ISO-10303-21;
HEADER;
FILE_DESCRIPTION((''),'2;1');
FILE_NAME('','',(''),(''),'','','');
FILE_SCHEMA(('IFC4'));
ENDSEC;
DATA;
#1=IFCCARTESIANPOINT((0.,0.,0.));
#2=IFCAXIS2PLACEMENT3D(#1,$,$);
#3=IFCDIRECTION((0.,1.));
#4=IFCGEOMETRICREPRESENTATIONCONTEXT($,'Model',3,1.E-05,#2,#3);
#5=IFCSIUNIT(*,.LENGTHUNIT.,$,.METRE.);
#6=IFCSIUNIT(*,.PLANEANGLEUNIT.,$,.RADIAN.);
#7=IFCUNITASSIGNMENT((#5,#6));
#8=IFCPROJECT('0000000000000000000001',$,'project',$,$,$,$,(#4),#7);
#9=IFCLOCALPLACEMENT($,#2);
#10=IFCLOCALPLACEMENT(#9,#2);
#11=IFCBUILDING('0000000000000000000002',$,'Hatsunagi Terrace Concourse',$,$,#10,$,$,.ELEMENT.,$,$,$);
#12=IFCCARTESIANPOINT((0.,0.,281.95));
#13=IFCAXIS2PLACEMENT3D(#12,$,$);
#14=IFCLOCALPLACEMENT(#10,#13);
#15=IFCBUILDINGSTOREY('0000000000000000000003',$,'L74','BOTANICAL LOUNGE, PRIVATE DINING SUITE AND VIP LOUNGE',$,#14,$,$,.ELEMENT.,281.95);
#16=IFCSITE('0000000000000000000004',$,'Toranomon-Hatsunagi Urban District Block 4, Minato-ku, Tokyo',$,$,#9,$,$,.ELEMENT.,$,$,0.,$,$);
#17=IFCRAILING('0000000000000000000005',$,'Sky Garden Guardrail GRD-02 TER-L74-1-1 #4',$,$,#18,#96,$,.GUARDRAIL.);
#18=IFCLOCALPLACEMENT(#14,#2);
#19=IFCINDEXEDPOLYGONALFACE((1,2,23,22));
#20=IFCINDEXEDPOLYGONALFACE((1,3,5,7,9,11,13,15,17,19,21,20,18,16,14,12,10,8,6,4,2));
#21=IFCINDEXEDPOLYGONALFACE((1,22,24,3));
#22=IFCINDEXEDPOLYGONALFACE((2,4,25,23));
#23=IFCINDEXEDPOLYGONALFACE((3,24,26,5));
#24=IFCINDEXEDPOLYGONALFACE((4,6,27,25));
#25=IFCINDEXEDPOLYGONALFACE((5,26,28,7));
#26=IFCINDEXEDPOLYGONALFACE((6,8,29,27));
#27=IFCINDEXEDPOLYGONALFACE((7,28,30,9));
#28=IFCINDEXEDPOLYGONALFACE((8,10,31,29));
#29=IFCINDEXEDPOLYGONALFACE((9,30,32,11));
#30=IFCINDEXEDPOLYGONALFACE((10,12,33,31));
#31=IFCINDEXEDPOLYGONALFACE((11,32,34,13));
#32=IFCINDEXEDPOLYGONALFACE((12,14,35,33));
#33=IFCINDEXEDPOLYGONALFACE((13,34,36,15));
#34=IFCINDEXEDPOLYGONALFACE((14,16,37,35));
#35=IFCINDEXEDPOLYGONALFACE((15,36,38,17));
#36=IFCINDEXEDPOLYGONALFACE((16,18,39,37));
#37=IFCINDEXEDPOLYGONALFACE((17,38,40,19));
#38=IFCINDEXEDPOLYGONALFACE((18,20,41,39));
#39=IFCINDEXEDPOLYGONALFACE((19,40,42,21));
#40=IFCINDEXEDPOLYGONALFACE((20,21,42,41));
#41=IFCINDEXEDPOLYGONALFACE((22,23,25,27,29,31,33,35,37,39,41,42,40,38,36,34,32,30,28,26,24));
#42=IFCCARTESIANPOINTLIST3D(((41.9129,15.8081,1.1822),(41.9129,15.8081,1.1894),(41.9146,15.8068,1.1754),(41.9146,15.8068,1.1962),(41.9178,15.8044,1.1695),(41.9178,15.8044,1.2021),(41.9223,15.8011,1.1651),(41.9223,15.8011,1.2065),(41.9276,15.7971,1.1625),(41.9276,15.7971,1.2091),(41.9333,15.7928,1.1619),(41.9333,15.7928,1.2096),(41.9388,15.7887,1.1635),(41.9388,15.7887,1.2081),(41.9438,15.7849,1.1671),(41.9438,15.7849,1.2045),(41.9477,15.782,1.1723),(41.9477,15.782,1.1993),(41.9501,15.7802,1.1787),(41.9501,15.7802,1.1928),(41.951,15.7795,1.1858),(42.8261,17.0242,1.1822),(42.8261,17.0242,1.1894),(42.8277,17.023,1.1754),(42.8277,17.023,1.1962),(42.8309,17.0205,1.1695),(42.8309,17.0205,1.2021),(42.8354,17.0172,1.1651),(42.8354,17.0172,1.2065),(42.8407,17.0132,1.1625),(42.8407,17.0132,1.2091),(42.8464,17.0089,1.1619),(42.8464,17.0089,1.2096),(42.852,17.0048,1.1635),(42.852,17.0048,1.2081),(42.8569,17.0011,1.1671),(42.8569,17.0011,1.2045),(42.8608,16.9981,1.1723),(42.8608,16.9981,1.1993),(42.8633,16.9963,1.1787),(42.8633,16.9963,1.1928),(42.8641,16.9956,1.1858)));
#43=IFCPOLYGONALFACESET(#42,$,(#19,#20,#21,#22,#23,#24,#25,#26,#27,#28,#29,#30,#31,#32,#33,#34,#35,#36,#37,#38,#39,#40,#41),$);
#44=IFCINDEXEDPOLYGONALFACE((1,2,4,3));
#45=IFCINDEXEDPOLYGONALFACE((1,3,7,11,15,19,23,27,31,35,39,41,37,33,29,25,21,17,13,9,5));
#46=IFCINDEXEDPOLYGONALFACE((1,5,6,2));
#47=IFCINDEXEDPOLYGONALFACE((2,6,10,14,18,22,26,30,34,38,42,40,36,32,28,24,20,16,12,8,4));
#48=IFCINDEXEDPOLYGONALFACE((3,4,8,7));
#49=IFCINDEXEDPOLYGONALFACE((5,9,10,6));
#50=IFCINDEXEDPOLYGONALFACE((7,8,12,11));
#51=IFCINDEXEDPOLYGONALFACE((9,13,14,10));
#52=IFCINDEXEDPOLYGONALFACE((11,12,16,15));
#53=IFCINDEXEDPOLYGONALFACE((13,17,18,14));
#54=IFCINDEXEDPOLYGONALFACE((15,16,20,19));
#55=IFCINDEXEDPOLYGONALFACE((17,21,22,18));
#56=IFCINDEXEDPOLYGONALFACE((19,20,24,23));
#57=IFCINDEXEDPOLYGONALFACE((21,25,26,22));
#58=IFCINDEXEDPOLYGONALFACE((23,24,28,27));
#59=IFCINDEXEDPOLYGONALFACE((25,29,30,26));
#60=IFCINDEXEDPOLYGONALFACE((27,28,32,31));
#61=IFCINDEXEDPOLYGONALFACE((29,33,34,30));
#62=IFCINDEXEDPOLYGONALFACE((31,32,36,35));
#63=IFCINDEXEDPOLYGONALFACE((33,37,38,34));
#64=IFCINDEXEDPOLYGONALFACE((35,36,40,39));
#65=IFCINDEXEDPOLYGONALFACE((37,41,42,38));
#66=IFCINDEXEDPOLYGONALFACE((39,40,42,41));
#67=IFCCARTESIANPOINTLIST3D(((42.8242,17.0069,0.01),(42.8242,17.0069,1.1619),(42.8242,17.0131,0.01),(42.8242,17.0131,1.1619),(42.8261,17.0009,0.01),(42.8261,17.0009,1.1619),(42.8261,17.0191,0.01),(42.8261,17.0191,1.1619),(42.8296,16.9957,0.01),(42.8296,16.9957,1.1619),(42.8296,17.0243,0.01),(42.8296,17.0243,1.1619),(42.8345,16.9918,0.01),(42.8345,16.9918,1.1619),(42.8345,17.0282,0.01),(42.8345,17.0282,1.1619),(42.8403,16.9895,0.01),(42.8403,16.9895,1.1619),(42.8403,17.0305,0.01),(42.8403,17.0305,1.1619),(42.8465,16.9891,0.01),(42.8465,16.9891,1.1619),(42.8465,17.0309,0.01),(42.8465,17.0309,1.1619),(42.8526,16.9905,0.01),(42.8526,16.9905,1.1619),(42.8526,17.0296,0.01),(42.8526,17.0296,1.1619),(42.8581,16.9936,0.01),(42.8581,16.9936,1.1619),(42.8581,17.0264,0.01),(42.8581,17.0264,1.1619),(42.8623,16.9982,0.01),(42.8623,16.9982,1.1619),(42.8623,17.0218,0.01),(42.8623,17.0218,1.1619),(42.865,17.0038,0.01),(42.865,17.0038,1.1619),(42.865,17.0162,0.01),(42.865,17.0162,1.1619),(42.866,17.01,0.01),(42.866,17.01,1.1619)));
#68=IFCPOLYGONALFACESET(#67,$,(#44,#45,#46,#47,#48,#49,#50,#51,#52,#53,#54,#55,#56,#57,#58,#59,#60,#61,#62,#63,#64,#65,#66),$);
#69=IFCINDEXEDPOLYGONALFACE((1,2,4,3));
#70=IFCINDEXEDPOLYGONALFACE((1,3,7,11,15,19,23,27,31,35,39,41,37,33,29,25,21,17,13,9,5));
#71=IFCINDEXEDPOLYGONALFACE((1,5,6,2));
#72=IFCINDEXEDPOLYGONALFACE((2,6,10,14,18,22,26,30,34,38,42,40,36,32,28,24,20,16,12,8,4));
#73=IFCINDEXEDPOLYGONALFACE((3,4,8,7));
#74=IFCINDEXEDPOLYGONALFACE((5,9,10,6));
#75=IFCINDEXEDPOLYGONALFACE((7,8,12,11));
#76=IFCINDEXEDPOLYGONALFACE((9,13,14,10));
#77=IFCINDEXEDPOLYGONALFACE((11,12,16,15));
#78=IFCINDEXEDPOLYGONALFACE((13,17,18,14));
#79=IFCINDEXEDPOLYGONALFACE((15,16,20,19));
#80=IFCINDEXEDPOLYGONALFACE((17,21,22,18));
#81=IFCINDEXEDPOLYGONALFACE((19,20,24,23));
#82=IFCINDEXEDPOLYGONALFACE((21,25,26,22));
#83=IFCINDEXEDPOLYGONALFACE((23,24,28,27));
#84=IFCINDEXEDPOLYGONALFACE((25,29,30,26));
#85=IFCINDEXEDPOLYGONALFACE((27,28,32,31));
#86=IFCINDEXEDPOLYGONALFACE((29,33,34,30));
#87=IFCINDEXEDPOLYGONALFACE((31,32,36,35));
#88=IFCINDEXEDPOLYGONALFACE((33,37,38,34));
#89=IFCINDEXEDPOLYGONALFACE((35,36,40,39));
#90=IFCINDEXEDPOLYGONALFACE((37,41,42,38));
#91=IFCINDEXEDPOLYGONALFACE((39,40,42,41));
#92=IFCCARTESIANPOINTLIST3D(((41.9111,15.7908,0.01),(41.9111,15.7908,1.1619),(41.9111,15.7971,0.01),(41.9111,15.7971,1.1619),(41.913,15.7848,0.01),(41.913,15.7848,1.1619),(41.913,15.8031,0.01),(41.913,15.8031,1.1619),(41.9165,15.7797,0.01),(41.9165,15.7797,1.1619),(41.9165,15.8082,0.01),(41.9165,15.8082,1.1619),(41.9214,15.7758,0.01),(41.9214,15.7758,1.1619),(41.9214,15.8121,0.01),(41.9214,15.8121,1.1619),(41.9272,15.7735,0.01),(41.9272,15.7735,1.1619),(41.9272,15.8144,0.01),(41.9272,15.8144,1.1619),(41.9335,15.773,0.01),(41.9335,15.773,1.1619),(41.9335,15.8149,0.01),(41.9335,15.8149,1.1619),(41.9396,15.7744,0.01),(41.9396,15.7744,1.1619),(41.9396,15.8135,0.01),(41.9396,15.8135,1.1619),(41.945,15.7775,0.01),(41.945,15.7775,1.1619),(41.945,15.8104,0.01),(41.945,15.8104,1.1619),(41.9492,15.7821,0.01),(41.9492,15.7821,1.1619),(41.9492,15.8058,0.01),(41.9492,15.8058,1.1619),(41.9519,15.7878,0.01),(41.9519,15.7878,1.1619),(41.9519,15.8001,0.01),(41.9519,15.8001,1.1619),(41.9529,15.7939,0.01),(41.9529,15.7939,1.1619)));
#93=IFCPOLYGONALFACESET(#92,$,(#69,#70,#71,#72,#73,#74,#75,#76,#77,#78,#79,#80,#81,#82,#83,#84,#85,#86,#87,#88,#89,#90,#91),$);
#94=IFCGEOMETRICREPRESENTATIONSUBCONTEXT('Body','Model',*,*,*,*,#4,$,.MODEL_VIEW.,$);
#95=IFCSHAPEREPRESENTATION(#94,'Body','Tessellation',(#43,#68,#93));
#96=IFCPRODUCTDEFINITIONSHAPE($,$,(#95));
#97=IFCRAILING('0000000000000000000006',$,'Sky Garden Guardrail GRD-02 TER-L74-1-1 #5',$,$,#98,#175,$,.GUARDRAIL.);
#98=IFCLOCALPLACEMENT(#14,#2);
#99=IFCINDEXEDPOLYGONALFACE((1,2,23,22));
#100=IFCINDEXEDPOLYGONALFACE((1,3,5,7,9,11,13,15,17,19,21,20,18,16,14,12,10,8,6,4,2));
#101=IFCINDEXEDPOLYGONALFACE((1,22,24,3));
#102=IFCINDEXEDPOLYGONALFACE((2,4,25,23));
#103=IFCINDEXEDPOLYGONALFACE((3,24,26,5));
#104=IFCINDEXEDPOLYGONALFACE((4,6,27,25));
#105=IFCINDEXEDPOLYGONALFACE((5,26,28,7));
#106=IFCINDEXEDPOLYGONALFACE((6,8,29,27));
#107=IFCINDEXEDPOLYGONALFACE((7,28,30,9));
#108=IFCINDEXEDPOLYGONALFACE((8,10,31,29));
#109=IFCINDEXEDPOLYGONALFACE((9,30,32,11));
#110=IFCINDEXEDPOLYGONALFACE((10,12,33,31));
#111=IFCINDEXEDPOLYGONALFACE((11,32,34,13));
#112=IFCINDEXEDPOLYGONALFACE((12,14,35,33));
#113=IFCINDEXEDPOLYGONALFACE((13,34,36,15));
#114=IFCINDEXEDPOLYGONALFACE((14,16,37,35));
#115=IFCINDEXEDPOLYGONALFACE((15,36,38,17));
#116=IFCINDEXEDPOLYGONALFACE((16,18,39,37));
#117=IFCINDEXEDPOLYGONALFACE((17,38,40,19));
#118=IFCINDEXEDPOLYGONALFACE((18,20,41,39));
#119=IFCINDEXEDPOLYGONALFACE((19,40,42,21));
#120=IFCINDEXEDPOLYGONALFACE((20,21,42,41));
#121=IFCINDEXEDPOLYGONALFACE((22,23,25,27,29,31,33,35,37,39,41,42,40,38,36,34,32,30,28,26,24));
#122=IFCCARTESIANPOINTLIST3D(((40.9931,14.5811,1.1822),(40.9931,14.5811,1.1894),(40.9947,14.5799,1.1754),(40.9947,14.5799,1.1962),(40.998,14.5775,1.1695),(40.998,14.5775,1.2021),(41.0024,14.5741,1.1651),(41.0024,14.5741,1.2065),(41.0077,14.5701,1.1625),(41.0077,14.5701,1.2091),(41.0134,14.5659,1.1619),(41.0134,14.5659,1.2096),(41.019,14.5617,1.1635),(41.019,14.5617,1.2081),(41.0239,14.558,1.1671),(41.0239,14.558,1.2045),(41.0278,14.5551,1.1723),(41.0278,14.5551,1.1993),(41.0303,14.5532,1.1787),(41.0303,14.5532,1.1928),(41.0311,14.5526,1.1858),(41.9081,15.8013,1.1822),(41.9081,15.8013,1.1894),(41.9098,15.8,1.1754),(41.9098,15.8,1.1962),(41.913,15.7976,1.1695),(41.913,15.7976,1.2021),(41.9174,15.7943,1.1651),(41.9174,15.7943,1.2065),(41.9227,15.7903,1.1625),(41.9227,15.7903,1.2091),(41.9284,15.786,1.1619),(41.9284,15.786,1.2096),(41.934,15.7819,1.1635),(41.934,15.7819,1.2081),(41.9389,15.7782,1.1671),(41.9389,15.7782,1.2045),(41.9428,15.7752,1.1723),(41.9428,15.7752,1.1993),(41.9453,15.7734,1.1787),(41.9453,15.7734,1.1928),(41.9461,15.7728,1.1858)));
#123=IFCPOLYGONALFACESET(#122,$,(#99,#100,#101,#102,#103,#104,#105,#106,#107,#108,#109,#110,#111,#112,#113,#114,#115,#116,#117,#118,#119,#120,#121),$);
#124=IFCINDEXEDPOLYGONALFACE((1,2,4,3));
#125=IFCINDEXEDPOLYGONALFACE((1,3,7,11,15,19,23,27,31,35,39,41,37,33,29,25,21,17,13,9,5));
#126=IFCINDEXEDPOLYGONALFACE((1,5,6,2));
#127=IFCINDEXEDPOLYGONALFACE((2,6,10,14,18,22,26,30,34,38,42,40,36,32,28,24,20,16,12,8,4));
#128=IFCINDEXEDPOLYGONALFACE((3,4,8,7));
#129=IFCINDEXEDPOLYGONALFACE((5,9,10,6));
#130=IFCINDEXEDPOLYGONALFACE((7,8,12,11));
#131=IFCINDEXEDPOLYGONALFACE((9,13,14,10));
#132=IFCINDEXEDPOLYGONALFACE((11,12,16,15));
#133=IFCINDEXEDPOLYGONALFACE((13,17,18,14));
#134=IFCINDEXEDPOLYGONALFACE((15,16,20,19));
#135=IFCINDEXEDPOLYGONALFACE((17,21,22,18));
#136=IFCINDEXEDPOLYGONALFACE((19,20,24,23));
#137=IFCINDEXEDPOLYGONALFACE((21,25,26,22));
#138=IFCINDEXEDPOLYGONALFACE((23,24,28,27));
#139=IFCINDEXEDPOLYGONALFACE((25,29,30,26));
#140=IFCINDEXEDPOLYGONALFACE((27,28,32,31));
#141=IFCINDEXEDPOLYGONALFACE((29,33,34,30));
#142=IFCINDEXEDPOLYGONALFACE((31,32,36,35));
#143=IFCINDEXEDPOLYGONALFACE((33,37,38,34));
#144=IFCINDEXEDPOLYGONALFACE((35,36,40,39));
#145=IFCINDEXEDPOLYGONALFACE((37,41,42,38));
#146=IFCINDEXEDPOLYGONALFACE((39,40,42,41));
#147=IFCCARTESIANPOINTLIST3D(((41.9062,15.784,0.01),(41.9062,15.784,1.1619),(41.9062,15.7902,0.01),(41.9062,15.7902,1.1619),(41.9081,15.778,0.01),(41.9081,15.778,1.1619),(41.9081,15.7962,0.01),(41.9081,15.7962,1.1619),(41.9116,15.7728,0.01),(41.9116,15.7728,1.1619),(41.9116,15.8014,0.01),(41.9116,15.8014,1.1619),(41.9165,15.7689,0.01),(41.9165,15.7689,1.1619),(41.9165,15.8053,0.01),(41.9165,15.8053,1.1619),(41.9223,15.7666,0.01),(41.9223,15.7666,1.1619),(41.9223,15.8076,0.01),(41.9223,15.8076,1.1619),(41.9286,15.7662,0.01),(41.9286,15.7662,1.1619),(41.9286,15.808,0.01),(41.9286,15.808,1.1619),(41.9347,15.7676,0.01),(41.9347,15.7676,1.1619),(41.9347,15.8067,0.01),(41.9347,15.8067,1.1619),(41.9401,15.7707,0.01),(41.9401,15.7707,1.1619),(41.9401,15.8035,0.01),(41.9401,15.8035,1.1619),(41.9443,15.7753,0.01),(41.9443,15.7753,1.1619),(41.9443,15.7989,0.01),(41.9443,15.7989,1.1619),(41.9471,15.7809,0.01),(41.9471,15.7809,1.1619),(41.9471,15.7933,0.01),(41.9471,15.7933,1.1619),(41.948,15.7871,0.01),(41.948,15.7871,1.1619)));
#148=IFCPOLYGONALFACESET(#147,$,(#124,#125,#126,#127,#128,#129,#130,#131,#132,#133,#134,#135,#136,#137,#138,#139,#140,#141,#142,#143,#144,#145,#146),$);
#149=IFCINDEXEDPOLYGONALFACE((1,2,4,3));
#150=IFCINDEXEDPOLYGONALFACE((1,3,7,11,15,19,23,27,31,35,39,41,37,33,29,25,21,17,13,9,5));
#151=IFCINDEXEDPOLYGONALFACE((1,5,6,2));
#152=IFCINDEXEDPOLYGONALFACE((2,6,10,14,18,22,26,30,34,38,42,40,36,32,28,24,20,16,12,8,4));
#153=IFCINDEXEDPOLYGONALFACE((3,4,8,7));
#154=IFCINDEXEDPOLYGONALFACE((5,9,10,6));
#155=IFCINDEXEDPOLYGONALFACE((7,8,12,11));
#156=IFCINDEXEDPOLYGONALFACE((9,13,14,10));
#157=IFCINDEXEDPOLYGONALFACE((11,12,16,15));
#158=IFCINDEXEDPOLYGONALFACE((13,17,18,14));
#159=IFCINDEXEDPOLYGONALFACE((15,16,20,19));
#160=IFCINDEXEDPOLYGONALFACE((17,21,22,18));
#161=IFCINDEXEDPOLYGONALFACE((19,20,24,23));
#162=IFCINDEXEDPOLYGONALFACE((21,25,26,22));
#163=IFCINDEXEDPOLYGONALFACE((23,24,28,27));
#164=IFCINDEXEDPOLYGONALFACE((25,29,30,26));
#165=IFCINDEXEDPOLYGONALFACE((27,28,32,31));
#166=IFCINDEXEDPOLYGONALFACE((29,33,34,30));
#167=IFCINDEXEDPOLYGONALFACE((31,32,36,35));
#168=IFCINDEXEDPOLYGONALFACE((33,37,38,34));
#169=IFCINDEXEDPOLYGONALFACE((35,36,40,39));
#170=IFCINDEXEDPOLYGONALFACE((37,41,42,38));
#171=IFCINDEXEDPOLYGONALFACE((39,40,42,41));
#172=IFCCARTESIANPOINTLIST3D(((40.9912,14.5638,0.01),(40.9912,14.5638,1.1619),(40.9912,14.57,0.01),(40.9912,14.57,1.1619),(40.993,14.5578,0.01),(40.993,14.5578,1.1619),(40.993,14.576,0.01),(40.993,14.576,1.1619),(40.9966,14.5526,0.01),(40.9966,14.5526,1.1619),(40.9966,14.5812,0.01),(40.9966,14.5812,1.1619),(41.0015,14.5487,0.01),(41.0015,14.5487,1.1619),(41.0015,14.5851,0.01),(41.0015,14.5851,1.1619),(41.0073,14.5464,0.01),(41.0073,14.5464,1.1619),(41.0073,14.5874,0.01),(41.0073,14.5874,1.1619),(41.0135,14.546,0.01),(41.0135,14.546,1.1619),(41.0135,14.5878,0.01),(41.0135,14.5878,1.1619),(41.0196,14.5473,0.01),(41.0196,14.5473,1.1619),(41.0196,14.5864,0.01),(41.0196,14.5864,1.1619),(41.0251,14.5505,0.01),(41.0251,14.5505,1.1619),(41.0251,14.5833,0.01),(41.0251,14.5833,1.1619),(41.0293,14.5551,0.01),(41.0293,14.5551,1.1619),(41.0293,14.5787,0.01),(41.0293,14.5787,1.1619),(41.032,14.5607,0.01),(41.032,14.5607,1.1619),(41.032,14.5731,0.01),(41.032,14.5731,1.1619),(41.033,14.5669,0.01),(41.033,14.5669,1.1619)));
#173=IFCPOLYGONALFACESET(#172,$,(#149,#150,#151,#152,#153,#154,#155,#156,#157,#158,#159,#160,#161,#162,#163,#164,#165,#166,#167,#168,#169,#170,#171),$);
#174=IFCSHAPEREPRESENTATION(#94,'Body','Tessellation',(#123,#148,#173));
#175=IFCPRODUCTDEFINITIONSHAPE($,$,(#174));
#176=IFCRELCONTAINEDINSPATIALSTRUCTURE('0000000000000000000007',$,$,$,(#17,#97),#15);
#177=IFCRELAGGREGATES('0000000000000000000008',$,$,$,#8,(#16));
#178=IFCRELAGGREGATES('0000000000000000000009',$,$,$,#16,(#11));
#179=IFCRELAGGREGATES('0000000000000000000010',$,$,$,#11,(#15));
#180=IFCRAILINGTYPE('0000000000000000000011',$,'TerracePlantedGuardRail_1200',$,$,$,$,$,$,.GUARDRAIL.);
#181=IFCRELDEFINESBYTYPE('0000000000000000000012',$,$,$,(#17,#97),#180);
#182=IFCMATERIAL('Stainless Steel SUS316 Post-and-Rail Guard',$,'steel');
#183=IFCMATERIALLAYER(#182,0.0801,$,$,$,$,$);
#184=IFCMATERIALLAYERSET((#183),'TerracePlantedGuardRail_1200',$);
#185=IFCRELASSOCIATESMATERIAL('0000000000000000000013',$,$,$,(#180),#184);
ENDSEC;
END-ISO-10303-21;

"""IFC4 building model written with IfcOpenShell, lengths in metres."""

from ifc_helpers import new_model, si_unit, direction, frame, origin, origin_2d, place, context, subcontext, project, spatial, circle, extrude, material, layer, layer_set, type_object, element, save


model = new_model("IFC4")

# Units and contexts
model_context = context("Model", 3, precision=1e-05, world=origin(), true_north=direction((0.0, 1.0)))
body_context = subcontext(model_context, "Body", "Model", "MODEL_VIEW")
ifc_project = project(units=[si_unit("LENGTHUNIT", "METRE"), si_unit("PLANEANGLEUNIT", "RADIAN")], contexts=[model_context])

# Site, building, storey
site_placement = place(None, origin())
site = spatial("IfcSite", under=ifc_project, at=site_placement, Name="Toranomon-Hatsunagi Urban District Block 4, Minato-ku, Tokyo", CompositionType="ELEMENT", RefElevation=0.0)
building_placement = place(site_placement, origin())
building = spatial("IfcBuilding", under=site, at=building_placement, Name="Hatsunagi Terrace Concourse", CompositionType="ELEMENT")
storey_placement = place(building_placement, frame((0.0, 0.0, 281.95)))
storey = spatial("IfcBuildingStorey", under=building, at=storey_placement, Name="L74", Description="BOTANICAL LOUNGE, PRIVATE DINING SUITE AND VIP LOUNGE", CompositionType="ELEMENT", Elevation=281.95)

# Railings
ifc_material_1 = material(Name="Stainless Steel SUS316 Post-and-Rail Guard", Category="steel")
ifc_layer_1 = layer(ifc_material_1, 0.0801)
ifc_layer_set_1 = layer_set([ifc_layer_1], Name="TerracePlantedGuardRail_1200")
railing_type = type_object("IfcRailingType", Name="TerracePlantedGuardRail_1200", PredefinedType="GUARDRAIL", material=ifc_layer_set_1)
railing_1_placement = place(storey_placement, frame((42.845, 17.01, 0.01)))
element("IfcRailing", 1, at=railing_1_placement, inside=storey, type_object=railing_type, Name="Sky Garden Guardrail GRD-02 TER-L74-1-1 #4", PredefinedType="GUARDRAIL", context=body_context, shape_type="SweptSolid", body=[
    extrude(circle(Radius=0.0239, at=origin_2d()), frame((0.0, 0.0, 1.1758), z_axis=(-0.600437, -0.799672, 0.0), x_axis=(0.799672, -0.600437, 0.0)), (0.0, 0.0, 1.0), 1.5208),
    extrude(circle(Radius=0.021, at=origin_2d()), origin(), (0.0, 0.0, 1.0), 1.1519),
    extrude(circle(Radius=0.021, at=origin_2d()), frame((-0.9131, -1.2161, 0.0)), (0.0, 0.0, 1.0), 1.1519),
])
railing_2_placement = place(storey_placement, frame((41.927, 15.7871, 0.01)))
element("IfcRailing", 2, at=railing_2_placement, inside=storey, type_object=railing_type, Name="Sky Garden Guardrail GRD-02 TER-L74-1-1 #5", PredefinedType="GUARDRAIL", context=body_context, shape_type="SweptSolid", body=[
    extrude(circle(Radius=0.0239, at=origin_2d()), frame((0.0, 0.0, 1.1758), z_axis=(-0.599949, -0.800038, 0.0), x_axis=(0.800038, -0.599949, 0.0)), (0.0, 0.0, 1.0), 1.5251),
    extrude(circle(Radius=0.021, at=origin_2d()), origin(), (0.0, 0.0, 1.0), 1.1519),
    extrude(circle(Radius=0.021, at=origin_2d()), frame((-0.915, -1.2202, 0.0)), (0.0, 0.0, 1.0), 1.1519),
])

save(model, "model.ifc")
